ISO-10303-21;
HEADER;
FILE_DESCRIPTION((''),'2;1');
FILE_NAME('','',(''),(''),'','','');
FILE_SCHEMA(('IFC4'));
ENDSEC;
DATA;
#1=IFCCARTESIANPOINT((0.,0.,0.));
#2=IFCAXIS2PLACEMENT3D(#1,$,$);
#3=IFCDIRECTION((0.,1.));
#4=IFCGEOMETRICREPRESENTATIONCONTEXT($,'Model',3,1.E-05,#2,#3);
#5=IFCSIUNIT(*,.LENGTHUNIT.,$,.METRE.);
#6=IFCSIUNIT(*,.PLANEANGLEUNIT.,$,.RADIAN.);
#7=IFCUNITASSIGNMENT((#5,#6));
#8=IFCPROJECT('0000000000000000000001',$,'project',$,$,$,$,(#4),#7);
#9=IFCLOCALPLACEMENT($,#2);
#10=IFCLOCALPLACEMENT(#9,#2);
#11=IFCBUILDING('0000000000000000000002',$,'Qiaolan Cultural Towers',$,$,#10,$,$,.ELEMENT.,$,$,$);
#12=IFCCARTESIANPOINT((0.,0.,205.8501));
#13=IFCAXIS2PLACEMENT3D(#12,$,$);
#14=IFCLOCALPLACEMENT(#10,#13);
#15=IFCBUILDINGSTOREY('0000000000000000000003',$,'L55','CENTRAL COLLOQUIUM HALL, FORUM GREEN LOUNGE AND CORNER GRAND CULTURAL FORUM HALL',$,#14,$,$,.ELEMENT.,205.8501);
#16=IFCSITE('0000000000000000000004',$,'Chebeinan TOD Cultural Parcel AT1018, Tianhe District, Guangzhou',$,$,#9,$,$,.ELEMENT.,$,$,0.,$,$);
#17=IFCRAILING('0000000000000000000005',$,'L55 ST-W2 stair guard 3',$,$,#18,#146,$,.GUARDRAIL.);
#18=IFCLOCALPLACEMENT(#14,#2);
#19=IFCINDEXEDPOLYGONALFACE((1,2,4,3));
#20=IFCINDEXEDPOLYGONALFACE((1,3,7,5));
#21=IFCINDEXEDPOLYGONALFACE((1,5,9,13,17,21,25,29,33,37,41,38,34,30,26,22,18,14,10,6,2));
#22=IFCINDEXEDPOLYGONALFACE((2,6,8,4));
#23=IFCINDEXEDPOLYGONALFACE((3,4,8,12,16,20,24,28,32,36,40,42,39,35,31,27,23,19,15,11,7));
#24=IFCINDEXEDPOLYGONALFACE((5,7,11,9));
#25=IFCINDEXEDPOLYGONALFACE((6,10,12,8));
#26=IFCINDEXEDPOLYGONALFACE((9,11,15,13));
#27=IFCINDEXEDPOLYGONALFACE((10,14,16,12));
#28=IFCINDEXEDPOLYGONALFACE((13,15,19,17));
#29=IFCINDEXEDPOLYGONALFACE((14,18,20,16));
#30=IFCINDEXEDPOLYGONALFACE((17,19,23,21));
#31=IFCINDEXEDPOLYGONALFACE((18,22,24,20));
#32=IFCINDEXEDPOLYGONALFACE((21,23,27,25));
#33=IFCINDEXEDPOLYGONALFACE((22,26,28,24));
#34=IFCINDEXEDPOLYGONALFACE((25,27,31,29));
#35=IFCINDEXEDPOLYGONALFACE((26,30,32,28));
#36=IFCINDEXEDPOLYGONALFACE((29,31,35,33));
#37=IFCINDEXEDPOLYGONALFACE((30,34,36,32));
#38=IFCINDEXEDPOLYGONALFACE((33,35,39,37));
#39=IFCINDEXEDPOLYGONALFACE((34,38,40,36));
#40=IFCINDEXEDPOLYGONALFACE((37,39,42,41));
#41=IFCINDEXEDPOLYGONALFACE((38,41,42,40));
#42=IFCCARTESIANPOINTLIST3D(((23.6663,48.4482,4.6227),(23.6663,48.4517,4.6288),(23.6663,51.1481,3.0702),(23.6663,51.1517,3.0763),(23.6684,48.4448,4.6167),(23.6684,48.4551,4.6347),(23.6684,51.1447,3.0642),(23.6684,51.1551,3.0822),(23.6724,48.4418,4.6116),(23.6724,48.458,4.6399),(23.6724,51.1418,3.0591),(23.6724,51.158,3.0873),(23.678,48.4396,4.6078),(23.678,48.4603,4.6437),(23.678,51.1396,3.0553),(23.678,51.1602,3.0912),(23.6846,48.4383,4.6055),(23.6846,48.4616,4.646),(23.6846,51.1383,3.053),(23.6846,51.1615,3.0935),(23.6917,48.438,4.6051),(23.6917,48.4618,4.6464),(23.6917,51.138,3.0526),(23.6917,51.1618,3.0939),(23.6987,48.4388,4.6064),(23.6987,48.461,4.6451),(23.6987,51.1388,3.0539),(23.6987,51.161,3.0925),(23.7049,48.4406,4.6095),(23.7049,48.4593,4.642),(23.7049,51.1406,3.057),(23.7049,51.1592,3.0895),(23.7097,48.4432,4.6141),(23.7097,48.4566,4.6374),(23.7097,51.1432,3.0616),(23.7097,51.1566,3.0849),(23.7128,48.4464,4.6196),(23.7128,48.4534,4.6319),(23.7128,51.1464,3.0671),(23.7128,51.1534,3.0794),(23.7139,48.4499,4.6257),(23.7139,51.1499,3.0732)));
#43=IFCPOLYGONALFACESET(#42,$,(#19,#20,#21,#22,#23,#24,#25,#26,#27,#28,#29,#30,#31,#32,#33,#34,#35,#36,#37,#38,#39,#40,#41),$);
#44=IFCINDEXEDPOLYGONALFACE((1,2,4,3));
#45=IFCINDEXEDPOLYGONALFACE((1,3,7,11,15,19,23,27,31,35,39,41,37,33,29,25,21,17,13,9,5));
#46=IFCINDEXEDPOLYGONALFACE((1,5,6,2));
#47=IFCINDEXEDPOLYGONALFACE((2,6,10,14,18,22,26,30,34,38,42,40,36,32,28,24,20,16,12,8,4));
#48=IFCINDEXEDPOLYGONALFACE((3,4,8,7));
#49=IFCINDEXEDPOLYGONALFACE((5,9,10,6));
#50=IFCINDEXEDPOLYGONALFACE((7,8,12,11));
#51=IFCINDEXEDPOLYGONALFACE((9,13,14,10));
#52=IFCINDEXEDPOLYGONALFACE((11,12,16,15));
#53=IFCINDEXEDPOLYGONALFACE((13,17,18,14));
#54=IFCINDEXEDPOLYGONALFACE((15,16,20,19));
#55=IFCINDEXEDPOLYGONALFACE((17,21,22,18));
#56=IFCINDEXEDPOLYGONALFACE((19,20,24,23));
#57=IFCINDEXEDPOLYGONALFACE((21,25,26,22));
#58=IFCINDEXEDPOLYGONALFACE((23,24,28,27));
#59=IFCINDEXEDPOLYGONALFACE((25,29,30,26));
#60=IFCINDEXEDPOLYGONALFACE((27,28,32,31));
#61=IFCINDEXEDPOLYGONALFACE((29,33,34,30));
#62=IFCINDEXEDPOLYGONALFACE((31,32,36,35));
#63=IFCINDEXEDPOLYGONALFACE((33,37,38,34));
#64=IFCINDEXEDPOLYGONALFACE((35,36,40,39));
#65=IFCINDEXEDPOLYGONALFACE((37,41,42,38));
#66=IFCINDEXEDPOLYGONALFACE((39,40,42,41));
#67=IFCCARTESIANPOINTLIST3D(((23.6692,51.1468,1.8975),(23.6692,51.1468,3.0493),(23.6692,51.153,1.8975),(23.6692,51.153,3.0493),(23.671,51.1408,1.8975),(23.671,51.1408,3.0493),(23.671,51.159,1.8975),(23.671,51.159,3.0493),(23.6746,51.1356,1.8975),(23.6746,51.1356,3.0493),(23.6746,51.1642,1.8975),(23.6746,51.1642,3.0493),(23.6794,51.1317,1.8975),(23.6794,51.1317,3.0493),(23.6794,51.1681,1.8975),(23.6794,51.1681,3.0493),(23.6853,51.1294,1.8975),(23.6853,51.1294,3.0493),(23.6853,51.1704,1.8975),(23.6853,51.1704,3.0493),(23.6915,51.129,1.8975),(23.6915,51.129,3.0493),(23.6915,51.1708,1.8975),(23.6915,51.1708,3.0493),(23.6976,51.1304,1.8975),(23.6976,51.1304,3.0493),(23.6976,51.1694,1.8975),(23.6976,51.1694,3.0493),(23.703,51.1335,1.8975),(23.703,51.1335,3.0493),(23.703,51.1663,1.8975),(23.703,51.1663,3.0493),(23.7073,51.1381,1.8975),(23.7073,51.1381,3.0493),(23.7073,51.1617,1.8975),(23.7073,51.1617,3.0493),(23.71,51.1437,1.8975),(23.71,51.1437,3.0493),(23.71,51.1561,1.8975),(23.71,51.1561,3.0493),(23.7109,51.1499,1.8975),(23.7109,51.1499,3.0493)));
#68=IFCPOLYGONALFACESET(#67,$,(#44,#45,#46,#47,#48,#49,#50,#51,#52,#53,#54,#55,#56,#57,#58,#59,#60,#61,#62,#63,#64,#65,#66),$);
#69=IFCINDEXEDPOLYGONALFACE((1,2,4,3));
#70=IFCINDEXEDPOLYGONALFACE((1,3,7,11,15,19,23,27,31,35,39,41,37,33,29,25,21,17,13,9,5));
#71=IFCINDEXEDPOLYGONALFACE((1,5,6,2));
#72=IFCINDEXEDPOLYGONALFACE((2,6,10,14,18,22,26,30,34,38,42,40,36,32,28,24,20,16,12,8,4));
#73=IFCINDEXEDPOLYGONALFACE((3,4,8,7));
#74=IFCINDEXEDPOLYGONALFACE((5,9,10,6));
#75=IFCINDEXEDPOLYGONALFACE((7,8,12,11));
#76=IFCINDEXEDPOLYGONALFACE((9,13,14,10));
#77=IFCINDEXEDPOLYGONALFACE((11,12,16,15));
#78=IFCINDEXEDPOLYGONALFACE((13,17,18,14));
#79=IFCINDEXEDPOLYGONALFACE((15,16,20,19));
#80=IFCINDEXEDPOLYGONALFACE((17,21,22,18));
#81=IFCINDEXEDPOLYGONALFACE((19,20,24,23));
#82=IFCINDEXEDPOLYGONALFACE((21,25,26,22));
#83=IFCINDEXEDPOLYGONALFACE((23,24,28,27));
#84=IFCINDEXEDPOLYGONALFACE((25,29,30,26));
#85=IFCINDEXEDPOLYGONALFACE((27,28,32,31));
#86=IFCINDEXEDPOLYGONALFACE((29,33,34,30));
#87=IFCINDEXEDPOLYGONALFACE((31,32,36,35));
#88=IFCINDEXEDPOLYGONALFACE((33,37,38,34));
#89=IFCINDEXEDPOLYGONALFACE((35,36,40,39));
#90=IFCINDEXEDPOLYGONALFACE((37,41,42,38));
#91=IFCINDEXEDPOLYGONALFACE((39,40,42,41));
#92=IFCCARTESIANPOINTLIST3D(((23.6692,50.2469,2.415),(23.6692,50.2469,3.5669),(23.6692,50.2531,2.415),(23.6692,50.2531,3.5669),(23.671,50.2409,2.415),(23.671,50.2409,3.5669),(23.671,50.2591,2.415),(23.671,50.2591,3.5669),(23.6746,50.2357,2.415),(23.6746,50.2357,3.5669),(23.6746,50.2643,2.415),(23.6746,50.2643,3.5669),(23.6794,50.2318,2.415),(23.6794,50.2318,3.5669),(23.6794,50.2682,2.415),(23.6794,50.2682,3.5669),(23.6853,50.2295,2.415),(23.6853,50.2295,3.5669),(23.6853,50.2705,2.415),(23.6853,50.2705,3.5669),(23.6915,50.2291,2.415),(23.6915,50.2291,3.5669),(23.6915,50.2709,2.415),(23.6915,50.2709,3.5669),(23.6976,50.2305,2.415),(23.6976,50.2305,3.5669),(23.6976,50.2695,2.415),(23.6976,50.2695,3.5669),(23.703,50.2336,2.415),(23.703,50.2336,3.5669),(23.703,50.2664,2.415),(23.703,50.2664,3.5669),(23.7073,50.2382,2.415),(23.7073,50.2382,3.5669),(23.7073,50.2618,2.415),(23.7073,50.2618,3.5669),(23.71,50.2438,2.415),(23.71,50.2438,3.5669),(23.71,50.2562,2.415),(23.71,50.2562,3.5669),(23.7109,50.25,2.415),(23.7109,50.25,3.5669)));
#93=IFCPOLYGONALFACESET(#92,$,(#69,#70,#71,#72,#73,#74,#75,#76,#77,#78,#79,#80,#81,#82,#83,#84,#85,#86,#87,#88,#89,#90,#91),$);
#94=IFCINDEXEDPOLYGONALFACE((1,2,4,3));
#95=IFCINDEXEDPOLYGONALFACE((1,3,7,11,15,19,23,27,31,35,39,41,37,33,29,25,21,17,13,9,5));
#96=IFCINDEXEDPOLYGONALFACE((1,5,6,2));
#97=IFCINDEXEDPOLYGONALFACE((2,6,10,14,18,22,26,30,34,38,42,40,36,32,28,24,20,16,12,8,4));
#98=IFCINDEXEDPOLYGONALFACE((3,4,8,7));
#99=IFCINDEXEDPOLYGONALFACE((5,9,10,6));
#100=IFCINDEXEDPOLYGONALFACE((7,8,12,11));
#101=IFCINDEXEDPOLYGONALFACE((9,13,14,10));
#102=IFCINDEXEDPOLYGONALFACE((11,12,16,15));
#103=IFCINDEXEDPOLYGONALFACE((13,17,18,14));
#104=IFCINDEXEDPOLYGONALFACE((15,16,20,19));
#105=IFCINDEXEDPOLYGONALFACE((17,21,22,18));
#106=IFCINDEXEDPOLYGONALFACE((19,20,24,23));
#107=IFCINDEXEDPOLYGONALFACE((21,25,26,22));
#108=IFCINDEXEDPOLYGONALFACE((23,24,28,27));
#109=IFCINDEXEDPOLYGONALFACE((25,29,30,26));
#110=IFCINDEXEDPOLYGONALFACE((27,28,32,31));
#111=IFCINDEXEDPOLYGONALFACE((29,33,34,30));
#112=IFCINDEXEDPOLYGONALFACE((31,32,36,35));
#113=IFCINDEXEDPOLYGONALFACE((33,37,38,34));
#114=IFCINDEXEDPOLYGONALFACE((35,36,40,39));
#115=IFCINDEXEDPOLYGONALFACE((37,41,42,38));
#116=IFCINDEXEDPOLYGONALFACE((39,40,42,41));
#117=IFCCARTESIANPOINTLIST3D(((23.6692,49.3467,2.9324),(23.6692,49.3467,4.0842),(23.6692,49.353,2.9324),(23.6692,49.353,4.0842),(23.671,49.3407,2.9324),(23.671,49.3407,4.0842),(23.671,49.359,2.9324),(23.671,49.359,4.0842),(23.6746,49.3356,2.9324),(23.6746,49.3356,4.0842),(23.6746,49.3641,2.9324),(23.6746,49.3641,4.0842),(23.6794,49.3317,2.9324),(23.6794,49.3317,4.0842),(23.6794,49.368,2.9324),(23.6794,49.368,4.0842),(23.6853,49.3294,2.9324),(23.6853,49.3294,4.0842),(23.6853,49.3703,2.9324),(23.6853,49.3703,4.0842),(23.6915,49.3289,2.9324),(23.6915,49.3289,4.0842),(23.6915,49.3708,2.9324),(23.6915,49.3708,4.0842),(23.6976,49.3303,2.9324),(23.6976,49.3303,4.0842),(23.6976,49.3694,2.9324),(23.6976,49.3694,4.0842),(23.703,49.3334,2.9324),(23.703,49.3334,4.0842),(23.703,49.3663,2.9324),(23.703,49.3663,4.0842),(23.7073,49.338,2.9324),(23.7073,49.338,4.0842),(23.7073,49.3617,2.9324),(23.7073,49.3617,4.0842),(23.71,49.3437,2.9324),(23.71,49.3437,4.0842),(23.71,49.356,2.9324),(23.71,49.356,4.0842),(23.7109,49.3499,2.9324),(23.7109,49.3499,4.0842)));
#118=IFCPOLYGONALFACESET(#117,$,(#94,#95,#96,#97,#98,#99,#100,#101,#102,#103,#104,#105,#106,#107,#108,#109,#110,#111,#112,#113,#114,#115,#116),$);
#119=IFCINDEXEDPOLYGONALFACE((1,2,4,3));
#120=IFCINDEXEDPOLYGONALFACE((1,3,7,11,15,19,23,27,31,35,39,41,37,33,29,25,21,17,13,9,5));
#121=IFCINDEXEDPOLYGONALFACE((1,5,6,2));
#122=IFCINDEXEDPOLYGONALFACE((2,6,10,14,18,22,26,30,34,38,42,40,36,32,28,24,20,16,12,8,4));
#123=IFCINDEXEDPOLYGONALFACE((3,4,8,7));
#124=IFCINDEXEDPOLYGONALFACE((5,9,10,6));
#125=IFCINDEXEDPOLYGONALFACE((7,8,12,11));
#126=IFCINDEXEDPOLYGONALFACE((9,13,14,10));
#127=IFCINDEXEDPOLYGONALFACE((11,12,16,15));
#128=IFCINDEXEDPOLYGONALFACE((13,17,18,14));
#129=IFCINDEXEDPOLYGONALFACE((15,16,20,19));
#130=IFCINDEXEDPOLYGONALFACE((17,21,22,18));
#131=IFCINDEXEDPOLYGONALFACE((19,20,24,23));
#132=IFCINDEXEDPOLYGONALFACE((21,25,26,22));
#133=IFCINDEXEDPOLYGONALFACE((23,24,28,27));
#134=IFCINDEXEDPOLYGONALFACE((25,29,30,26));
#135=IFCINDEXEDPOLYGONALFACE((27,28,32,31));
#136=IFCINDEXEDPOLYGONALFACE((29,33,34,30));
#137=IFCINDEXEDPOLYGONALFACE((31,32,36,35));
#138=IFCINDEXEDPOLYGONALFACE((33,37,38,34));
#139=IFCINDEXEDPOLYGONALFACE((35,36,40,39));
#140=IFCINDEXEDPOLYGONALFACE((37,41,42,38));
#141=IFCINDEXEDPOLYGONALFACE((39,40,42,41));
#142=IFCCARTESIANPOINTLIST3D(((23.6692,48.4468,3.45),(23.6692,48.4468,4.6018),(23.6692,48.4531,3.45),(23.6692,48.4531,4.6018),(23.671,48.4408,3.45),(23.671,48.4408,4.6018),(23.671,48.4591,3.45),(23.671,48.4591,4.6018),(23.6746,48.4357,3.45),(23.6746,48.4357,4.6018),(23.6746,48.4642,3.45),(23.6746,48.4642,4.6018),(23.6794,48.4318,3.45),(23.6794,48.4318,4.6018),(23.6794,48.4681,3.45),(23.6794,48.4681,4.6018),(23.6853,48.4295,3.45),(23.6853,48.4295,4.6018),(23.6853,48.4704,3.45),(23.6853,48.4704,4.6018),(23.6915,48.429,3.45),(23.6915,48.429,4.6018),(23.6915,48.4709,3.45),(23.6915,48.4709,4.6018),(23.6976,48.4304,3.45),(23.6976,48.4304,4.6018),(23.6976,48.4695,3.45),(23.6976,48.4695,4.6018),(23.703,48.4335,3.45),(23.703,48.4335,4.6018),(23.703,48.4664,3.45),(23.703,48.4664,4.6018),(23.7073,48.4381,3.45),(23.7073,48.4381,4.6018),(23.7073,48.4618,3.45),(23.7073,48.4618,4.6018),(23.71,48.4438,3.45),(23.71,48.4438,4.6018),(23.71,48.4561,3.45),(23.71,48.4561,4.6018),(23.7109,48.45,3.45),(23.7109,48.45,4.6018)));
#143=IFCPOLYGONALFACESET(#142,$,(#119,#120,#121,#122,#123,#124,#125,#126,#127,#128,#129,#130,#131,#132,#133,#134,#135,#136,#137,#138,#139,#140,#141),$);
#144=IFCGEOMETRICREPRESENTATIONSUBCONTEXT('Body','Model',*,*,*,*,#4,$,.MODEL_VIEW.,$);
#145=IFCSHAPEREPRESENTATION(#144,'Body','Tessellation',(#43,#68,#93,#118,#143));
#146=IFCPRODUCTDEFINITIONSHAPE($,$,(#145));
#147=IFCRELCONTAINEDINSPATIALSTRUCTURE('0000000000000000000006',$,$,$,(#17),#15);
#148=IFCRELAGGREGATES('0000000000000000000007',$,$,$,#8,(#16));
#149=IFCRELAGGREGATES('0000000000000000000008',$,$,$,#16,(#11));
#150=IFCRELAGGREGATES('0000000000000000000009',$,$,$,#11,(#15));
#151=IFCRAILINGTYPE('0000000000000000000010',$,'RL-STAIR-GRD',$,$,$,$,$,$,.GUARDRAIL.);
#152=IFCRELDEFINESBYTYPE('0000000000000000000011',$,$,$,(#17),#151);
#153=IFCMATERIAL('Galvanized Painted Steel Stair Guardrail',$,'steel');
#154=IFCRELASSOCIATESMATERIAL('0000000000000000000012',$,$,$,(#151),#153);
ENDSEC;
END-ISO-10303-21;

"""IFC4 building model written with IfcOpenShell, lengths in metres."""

from ifc_helpers import new_model, si_unit, direction, frame, origin, origin_2d, place, context, subcontext, project, spatial, circle, extrude, material, type_object, element, save


model = new_model("IFC4")

# Units and contexts
model_context = context("Model", 3, precision=1e-05, world=origin(), true_north=direction((0.0, 1.0)))
body_context = subcontext(model_context, "Body", "Model", "MODEL_VIEW")
ifc_project = project(units=[si_unit("LENGTHUNIT", "METRE"), si_unit("PLANEANGLEUNIT", "RADIAN")], contexts=[model_context])

# Site, building, storey
site_placement = place(None, origin())
site = spatial("IfcSite", under=ifc_project, at=site_placement, Name="Chebeinan TOD Cultural Parcel AT1018, Tianhe District, Guangzhou", CompositionType="ELEMENT", RefElevation=0.0)
building_placement = place(site_placement, origin())
building = spatial("IfcBuilding", under=site, at=building_placement, Name="Qiaolan Cultural Towers", CompositionType="ELEMENT")
storey_placement = place(building_placement, frame((0.0, 0.0, 205.8501)))
storey = spatial("IfcBuildingStorey", under=building, at=storey_placement, Name="L55", Description="CENTRAL COLLOQUIUM HALL, FORUM GREEN LOUNGE AND CORNER GRAND CULTURAL FORUM HALL", CompositionType="ELEMENT", Elevation=205.8501)

# Railing
ifc_material_1 = material(Name="Galvanized Painted Steel Stair Guardrail", Category="steel")
railing_type_1 = type_object("IfcRailingType", Name="RL-STAIR-GRD", PredefinedType="GUARDRAIL", material=ifc_material_1)
railing_1_placement = place(storey_placement, frame((23.6899, 51.1499, 1.8975)))
element("IfcRailing", 1, at=railing_1_placement, inside=storey, type_object=railing_type_1, Name="L55 ST-W2 stair guard 3", PredefinedType="GUARDRAIL", context=body_context, shape_type="SweptSolid", body=[
    extrude(circle(Radius=0.0239, at=origin_2d()), frame((0.0, 0.0, 1.1758), z_axis=(0.0, -0.866904, 0.498476), x_axis=(1.0, 0.0, 0.0)), (0.0, 0.0, 1.0), 3.1145),
    extrude(circle(Radius=0.021, at=origin_2d()), origin(), (0.0, 0.0, 1.0), 1.1519),
    extrude(circle(Radius=0.021, at=origin_2d()), frame((0.0, -0.8999, 0.5176)), (0.0, 0.0, 1.0), 1.1519),
    extrude(circle(Radius=0.021, at=origin_2d()), frame((0.0, -1.8, 1.0349)), (0.0, 0.0, 1.0), 1.1519),
    extrude(circle(Radius=0.021, at=origin_2d()), frame((0.0, -2.7, 1.5525)), (0.0, 0.0, 1.0), 1.1519),
])

save(model, "model.ifc")
